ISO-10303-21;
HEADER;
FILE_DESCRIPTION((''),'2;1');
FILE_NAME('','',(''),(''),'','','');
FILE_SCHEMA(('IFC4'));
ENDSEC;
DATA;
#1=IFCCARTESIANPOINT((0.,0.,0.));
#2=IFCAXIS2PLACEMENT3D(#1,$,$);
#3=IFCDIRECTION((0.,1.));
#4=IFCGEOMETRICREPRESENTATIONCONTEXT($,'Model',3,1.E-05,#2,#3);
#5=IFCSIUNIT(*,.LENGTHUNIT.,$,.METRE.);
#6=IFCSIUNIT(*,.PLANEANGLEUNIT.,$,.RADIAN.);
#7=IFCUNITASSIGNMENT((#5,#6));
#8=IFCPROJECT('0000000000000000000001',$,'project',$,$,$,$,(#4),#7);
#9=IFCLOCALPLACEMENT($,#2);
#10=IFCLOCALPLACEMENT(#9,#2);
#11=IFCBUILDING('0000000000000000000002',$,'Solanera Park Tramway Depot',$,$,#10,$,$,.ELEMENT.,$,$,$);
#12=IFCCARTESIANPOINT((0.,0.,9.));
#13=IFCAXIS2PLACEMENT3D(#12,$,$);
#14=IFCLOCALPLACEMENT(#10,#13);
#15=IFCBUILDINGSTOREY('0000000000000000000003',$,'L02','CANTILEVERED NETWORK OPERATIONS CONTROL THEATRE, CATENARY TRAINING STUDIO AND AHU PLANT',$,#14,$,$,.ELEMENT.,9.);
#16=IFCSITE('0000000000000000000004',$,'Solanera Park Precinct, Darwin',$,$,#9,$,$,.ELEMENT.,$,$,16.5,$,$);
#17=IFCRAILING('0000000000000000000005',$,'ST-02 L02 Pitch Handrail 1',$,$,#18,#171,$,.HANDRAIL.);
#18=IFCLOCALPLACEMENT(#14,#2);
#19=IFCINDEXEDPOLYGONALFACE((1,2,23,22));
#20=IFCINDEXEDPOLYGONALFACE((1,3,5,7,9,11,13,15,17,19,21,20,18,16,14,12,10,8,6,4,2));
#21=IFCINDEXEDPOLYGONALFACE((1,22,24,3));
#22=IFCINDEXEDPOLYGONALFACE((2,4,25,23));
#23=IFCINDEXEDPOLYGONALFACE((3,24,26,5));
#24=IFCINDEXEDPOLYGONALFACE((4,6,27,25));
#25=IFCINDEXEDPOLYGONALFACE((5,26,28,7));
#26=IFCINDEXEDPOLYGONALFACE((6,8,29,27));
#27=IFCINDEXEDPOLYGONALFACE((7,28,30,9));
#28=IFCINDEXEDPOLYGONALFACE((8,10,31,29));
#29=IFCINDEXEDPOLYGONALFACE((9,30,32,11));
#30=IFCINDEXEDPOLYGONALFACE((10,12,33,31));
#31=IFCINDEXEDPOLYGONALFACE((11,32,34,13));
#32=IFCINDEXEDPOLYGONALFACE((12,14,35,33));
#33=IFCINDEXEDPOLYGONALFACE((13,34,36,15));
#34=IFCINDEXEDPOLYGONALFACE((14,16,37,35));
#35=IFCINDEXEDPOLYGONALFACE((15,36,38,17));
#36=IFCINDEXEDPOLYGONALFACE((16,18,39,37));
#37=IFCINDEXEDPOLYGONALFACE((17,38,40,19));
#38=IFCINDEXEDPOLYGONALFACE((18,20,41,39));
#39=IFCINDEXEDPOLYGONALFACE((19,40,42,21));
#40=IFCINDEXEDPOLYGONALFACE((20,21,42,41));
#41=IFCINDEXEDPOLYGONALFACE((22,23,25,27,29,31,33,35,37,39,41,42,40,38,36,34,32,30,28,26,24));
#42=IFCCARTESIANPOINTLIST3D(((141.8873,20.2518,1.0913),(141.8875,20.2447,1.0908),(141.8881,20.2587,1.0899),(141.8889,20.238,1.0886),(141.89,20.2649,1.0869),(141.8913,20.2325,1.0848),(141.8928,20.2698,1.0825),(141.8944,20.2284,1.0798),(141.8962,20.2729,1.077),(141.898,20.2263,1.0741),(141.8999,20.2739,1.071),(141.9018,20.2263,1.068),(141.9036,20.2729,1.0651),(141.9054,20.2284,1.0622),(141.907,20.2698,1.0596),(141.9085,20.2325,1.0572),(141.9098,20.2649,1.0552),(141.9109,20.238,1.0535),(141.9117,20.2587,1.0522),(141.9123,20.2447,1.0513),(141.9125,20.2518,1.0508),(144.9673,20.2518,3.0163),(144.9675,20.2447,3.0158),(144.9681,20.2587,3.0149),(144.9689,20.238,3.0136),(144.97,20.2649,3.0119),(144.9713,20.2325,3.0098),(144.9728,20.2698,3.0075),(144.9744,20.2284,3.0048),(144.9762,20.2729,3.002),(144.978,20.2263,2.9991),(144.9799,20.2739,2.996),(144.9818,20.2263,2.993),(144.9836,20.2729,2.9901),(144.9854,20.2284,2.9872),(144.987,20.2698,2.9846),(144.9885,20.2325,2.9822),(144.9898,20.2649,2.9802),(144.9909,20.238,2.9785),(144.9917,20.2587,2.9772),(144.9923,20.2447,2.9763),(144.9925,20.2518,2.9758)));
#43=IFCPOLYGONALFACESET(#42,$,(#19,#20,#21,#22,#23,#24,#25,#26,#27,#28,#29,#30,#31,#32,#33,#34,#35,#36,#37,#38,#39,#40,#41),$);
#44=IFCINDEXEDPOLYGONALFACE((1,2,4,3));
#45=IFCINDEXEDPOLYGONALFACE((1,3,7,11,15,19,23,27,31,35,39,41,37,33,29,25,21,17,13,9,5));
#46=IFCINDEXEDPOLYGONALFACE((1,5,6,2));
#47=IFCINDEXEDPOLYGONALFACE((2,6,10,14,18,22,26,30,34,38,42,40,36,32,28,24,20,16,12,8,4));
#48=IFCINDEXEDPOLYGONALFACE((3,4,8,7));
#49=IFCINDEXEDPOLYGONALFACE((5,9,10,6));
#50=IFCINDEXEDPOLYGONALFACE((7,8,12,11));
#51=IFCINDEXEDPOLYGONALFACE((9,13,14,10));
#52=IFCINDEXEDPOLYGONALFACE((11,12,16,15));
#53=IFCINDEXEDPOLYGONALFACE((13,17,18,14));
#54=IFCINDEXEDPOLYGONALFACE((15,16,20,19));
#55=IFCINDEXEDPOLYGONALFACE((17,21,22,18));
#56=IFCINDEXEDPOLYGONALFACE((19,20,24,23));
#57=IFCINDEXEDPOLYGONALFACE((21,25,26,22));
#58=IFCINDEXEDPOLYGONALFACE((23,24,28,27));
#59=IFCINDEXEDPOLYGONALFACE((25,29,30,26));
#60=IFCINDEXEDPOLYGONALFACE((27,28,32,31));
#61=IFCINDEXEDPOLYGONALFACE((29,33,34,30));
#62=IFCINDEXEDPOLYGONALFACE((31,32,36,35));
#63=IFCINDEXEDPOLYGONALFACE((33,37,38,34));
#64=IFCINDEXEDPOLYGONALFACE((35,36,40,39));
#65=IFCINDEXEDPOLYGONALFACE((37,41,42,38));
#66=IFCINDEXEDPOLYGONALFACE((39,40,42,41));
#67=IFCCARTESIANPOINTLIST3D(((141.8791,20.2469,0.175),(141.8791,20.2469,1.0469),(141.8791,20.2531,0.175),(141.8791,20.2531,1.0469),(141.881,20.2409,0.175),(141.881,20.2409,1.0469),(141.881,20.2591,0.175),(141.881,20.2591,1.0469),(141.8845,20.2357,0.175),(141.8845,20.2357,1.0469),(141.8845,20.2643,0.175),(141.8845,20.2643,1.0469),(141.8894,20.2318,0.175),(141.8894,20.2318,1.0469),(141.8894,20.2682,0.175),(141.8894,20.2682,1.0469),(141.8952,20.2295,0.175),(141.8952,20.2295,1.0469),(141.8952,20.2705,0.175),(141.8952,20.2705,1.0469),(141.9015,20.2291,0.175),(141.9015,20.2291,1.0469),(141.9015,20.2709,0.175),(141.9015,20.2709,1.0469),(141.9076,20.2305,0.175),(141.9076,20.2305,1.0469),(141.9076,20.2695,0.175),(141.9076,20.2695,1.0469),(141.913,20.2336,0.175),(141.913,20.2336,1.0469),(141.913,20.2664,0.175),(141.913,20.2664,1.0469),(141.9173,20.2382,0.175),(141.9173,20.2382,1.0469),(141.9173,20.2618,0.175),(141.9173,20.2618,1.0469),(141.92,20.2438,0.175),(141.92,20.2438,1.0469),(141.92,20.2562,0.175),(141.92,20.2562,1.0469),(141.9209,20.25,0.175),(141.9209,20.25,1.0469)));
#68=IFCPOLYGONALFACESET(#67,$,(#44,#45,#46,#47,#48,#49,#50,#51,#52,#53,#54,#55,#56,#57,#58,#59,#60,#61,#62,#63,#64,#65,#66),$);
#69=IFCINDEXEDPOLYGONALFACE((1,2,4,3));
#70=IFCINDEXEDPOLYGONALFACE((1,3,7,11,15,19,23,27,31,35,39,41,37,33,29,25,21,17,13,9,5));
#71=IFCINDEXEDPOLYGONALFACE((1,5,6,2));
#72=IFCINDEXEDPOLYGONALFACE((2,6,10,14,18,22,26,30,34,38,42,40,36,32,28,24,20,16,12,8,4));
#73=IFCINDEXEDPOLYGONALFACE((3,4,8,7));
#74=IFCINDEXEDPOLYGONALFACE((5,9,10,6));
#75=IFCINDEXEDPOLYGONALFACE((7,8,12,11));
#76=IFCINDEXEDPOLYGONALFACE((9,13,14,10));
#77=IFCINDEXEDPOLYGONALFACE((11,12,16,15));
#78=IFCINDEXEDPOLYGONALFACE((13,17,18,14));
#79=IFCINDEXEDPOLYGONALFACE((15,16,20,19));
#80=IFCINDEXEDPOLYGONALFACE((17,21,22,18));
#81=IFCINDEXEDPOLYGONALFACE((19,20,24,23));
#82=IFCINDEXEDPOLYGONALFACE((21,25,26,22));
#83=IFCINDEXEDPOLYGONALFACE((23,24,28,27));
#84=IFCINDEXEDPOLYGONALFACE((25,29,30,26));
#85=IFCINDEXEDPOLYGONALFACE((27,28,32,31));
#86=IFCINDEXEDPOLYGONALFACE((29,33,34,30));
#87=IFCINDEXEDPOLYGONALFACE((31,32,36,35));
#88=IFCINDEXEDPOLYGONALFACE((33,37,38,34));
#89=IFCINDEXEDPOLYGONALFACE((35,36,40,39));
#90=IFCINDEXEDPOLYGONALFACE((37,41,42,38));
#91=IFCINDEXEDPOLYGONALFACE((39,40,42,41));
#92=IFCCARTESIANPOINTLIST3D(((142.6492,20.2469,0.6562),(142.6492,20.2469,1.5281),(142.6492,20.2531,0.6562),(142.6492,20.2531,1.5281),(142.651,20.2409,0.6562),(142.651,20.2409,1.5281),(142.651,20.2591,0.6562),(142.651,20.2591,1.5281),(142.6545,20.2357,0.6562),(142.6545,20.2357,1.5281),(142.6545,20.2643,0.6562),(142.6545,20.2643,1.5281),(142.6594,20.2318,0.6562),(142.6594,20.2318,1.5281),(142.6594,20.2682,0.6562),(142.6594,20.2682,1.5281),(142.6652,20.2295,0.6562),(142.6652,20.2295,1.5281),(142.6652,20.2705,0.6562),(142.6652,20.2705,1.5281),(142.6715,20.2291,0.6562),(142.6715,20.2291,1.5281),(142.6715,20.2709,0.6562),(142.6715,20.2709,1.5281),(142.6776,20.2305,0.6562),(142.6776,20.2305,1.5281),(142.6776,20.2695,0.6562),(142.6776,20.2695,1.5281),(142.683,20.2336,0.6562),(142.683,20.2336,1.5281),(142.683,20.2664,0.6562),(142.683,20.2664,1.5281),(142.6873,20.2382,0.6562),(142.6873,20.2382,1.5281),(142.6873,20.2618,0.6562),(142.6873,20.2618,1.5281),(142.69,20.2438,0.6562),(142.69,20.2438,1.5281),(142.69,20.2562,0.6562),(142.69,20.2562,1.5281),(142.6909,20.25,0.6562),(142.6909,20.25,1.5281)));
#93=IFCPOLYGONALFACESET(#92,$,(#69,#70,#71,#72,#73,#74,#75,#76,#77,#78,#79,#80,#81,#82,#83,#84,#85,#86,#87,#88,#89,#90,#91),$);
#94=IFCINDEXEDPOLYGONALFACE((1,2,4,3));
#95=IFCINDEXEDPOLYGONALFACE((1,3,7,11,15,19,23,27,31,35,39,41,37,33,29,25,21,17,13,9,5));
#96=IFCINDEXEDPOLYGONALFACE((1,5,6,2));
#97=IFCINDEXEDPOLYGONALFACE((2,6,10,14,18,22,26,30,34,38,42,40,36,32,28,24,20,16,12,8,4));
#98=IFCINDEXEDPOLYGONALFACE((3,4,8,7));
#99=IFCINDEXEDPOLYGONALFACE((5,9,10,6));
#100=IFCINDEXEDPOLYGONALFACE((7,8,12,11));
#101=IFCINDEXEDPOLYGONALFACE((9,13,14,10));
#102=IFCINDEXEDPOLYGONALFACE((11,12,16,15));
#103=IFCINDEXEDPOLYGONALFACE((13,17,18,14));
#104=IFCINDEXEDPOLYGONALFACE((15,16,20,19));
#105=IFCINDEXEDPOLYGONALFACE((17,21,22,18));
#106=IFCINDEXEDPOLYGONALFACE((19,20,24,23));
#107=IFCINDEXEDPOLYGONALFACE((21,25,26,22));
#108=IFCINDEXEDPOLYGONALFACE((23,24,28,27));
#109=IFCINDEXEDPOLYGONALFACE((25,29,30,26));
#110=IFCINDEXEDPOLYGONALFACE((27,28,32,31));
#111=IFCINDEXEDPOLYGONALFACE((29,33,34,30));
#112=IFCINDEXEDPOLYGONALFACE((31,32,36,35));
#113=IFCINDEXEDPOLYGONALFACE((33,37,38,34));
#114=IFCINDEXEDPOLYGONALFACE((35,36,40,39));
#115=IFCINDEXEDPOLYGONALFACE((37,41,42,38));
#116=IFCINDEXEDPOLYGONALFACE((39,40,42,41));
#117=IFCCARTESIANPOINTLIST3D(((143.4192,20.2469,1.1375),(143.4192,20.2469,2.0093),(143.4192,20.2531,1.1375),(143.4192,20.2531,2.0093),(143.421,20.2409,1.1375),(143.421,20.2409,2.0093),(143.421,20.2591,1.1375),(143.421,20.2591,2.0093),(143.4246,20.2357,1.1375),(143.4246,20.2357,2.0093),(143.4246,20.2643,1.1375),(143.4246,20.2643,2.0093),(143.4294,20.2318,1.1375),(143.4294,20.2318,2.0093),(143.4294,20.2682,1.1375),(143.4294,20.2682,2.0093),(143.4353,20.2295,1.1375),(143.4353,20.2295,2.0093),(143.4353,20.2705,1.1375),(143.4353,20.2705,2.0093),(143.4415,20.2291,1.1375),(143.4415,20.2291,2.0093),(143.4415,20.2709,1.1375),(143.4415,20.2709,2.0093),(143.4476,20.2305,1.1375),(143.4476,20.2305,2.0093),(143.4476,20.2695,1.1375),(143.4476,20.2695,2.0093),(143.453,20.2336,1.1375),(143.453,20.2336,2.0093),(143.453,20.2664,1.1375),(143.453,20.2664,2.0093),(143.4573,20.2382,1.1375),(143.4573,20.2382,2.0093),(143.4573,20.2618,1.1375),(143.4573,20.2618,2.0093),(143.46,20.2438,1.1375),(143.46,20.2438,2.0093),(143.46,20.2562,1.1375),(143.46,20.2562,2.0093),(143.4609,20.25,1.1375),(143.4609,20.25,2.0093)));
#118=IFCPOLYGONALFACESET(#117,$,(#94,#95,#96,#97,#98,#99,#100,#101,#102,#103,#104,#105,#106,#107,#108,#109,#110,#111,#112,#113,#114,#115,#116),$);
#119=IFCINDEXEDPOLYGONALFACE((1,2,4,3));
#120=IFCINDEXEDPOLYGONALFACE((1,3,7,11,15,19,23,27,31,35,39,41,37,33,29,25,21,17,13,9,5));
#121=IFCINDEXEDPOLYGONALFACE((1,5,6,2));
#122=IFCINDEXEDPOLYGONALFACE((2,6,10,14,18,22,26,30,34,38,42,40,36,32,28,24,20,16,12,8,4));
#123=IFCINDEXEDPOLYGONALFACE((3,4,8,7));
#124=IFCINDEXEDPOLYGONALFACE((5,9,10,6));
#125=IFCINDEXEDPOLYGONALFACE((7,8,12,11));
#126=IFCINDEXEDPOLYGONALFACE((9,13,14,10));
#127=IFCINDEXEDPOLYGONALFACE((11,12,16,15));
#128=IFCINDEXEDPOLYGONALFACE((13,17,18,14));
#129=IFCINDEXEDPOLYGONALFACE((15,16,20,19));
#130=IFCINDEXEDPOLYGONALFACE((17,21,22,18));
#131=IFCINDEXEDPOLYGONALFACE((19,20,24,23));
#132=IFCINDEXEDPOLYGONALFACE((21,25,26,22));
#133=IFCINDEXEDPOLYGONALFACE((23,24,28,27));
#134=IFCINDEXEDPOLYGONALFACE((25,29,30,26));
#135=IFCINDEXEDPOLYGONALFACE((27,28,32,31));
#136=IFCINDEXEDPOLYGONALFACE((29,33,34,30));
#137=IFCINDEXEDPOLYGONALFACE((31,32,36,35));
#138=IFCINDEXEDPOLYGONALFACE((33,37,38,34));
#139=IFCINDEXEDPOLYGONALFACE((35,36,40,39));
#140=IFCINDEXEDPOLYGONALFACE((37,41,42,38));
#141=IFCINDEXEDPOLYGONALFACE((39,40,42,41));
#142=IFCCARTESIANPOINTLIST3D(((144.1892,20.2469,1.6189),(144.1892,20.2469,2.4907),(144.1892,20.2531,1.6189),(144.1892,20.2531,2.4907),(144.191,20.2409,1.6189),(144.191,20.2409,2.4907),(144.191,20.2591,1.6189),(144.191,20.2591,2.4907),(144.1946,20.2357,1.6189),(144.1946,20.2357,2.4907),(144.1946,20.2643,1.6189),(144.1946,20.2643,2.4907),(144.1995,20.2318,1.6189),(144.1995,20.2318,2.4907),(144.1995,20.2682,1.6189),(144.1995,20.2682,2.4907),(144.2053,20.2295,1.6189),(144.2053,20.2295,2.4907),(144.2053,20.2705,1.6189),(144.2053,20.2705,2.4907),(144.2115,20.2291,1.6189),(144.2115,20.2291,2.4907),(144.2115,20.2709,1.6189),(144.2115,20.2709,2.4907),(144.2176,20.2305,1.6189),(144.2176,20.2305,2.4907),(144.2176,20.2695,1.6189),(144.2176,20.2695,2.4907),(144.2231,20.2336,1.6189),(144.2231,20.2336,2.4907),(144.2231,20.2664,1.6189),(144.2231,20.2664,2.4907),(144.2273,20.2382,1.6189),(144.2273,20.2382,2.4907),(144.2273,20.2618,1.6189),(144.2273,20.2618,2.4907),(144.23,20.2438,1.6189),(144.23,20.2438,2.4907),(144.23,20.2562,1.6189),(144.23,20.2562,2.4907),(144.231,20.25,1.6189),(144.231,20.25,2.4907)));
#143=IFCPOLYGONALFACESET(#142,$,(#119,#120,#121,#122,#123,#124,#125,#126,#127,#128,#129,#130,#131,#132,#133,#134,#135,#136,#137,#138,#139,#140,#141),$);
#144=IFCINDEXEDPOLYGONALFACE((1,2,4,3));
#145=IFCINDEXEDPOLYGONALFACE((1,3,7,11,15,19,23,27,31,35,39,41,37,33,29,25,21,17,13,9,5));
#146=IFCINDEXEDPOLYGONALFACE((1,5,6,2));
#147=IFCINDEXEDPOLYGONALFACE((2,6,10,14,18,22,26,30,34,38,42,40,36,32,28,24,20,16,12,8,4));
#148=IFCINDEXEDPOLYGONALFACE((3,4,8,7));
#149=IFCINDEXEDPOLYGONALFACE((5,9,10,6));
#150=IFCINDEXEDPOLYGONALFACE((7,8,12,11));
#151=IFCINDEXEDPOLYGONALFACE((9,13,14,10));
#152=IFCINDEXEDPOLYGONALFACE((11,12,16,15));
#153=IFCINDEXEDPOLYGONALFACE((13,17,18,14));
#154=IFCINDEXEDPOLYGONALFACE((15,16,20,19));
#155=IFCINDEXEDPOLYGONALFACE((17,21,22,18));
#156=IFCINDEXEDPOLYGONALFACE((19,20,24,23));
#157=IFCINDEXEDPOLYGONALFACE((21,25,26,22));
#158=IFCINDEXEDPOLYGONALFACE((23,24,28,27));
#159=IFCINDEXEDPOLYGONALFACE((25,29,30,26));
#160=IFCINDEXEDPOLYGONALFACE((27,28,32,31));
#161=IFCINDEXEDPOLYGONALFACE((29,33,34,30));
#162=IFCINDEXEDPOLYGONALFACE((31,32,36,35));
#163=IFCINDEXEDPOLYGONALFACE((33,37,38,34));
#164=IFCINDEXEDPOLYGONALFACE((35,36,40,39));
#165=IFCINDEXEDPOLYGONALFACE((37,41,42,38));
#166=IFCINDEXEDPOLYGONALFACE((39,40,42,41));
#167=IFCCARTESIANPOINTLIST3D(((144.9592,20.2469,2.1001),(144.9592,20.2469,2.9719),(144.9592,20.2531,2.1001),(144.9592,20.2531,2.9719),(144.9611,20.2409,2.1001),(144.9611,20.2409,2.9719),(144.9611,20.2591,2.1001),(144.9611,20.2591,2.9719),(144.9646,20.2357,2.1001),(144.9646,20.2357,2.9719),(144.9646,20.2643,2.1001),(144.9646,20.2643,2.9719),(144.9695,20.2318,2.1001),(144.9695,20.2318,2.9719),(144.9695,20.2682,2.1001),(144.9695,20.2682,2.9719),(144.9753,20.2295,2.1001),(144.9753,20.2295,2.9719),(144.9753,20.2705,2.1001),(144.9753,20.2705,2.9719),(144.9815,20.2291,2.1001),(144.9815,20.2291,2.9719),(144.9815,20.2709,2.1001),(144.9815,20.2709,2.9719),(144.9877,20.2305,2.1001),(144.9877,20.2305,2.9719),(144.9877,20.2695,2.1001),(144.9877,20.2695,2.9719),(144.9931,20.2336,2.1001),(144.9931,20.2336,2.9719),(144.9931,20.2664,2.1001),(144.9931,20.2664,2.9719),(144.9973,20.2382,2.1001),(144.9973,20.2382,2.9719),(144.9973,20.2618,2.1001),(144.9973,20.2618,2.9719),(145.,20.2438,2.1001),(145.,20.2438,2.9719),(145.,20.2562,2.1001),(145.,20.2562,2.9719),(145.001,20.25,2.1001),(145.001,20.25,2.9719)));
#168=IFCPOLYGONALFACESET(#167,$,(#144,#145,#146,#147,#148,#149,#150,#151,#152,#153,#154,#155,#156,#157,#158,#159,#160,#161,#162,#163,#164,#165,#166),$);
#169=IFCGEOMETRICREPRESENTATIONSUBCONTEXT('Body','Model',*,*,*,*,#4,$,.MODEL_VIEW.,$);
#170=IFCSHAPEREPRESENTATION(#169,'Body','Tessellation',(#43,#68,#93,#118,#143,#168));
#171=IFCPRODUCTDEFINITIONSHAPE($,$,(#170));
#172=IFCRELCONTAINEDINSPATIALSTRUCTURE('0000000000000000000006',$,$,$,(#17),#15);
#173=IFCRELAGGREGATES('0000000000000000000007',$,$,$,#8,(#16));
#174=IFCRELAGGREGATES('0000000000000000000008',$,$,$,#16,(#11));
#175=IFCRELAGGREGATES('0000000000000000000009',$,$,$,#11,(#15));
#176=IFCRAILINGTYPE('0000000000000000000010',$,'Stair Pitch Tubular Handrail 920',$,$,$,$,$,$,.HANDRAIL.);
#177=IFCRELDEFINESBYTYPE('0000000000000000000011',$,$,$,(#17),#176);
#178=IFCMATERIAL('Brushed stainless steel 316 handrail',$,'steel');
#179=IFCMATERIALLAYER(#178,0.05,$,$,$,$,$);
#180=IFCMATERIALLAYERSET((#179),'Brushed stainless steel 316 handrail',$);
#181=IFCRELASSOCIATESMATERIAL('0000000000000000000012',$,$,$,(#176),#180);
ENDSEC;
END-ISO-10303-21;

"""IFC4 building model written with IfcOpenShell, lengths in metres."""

from ifc_helpers import new_model, si_unit, direction, frame, origin, origin_2d, place, context, subcontext, project, spatial, circle, extrude, material, layer, layer_set, type_object, element, save


model = new_model("IFC4")

# Units and contexts
model_context = context("Model", 3, precision=1e-05, world=origin(), true_north=direction((0.0, 1.0)))
body_context = subcontext(model_context, "Body", "Model", "MODEL_VIEW")
ifc_project = project(units=[si_unit("LENGTHUNIT", "METRE"), si_unit("PLANEANGLEUNIT", "RADIAN")], contexts=[model_context])

# Site, building, storey
site_placement = place(None, origin())
site = spatial("IfcSite", under=ifc_project, at=site_placement, Name="Solanera Park Precinct, Darwin", CompositionType="ELEMENT", RefElevation=16.5)
building_placement = place(site_placement, origin())
building = spatial("IfcBuilding", under=site, at=building_placement, Name="Solanera Park Tramway Depot", CompositionType="ELEMENT")
storey_placement = place(building_placement, frame((0.0, 0.0, 9.0)))
storey = spatial("IfcBuildingStorey", under=building, at=storey_placement, Name="L02", Description="CANTILEVERED NETWORK OPERATIONS CONTROL THEATRE, CATENARY TRAINING STUDIO AND AHU PLANT", CompositionType="ELEMENT", Elevation=9.0)

# Railing
ifc_material_1 = material(Name="Brushed stainless steel 316 handrail", Category="steel")
ifc_layer_1 = layer(ifc_material_1, 0.05)
ifc_layer_set_1 = layer_set([ifc_layer_1], Name="Brushed stainless steel 316 handrail")
railing_type = type_object("IfcRailingType", Name="Stair Pitch Tubular Handrail 920", PredefinedType="HANDRAIL", material=ifc_layer_set_1)
railing_placement = place(storey_placement, frame((141.8999, 20.25, 0.175)))
element("IfcRailing", 1, at=railing_placement, inside=storey, type_object=railing_type, Name="ST-02 L02 Pitch Handrail 1", PredefinedType="HANDRAIL", context=body_context, shape_type="SweptSolid", body=[
    extrude(circle(Radius=0.0239, at=origin_2d()), frame((0.0, 0.0, 0.896), z_axis=(0.847998, 0.0, 0.529999), x_axis=(0.0, 1.0, 0.0)), (0.0, 0.0, 1.0), 3.6321),
    extrude(circle(Radius=0.021, at=origin_2d()), origin(), (0.0, 0.0, 1.0), 0.8718),
    extrude(circle(Radius=0.021, at=origin_2d()), frame((0.77, 0.0, 0.4812)), (0.0, 0.0, 1.0), 0.8718),
    extrude(circle(Radius=0.021, at=origin_2d()), frame((1.54, 0.0, 0.9624)), (0.0, 0.0, 1.0), 0.8718),
    extrude(circle(Radius=0.021, at=origin_2d()), frame((2.3101, 0.0, 1.4438)), (0.0, 0.0, 1.0), 0.8718),
    extrude(circle(Radius=0.021, at=origin_2d()), frame((3.0801, 0.0, 1.925)), (0.0, 0.0, 1.0), 0.8718),
])

save(model, "model.ifc")
